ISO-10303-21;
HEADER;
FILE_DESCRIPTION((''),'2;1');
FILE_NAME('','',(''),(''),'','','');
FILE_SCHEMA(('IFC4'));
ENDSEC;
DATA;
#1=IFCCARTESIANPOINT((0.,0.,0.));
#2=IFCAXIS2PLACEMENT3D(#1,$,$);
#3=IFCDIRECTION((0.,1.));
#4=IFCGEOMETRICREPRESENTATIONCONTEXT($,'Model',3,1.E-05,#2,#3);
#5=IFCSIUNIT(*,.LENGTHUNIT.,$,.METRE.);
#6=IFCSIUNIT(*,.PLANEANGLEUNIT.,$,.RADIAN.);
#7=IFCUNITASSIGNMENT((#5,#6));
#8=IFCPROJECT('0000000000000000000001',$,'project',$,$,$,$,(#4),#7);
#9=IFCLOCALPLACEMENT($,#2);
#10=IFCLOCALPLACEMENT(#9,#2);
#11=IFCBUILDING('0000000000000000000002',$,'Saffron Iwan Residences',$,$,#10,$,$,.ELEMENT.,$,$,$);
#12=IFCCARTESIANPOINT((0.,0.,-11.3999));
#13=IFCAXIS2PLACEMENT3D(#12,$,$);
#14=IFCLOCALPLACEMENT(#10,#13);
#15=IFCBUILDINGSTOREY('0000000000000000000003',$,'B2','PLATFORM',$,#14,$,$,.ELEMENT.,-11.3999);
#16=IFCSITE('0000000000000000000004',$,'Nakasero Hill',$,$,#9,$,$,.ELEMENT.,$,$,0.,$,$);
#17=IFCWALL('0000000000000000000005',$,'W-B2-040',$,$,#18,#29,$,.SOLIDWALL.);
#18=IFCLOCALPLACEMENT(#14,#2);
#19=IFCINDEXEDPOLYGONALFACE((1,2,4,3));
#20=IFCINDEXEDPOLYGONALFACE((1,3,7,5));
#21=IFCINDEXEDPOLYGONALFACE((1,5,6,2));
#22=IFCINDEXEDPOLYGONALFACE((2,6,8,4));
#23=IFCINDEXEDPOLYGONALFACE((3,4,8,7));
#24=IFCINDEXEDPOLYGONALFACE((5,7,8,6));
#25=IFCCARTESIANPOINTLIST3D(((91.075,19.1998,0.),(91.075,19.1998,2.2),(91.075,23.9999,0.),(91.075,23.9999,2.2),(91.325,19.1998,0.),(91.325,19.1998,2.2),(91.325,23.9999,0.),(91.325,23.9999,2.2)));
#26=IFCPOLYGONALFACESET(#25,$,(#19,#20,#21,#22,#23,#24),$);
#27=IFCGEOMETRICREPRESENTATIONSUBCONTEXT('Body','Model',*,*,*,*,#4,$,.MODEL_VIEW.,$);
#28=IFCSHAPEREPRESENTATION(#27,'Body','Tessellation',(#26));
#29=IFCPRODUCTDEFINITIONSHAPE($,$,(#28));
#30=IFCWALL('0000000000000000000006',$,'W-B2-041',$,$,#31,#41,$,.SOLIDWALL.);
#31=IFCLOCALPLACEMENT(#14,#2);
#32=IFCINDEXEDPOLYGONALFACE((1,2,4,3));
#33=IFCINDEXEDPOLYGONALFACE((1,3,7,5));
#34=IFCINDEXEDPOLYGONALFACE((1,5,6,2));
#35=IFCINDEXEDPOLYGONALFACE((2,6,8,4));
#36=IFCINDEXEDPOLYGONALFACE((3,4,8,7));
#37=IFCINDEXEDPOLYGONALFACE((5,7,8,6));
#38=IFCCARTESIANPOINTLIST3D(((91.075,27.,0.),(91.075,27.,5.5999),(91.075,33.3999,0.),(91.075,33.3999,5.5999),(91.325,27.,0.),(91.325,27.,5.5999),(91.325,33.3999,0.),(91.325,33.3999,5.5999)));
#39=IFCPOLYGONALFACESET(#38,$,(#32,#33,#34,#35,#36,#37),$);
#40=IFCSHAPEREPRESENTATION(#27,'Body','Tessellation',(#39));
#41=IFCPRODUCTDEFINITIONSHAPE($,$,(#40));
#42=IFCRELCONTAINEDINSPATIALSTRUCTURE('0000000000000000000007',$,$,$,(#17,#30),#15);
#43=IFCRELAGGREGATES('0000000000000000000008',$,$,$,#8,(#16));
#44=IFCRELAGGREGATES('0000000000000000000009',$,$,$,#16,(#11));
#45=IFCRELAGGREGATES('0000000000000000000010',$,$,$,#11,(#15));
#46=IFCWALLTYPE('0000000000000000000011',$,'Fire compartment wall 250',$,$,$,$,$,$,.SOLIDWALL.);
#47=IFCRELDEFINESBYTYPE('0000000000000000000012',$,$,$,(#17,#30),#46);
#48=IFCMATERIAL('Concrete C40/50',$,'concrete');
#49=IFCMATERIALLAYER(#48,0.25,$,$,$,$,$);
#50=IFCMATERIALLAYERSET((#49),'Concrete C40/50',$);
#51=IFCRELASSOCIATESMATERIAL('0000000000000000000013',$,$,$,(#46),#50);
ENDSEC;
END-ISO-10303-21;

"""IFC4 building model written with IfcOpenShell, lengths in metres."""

from ifc_helpers import new_model, si_unit, direction, frame, frame_2d, origin, place, context, subcontext, project, spatial, rectangle, extrude, material, layer, layer_set, type_object, element, save


model = new_model("IFC4")

# Units and contexts
model_context = context("Model", 3, precision=1e-05, world=origin(), true_north=direction((0.0, 1.0)))
body_context = subcontext(model_context, "Body", "Model", "MODEL_VIEW")
ifc_project = project(units=[si_unit("LENGTHUNIT", "METRE"), si_unit("PLANEANGLEUNIT", "RADIAN")], contexts=[model_context])

# Site, building, storey
site_placement = place(None, origin())
site = spatial("IfcSite", under=ifc_project, at=site_placement, Name="Nakasero Hill", CompositionType="ELEMENT", RefElevation=0.0)
building_placement = place(site_placement, origin())
building = spatial("IfcBuilding", under=site, at=building_placement, Name="Saffron Iwan Residences", CompositionType="ELEMENT")
storey_placement = place(building_placement, frame((0.0, 0.0, -11.3999)))
storey = spatial("IfcBuildingStorey", under=building, at=storey_placement, Name="B2", Description="PLATFORM", CompositionType="ELEMENT", Elevation=-11.3999)

# Shared definitions
ifc_material_1 = material(Name="Concrete C40/50", Category="concrete")

# Shared definitions
ifc_layer_1 = layer(ifc_material_1, 0.25)
ifc_layer_set_1 = layer_set([ifc_layer_1], Name="Concrete C40/50")
wall_type_1 = type_object("IfcWallType", Name="Fire compartment wall 250", PredefinedType="SOLIDWALL", material=ifc_layer_set_1)

# Walls
wall_1_placement = place(storey_placement, frame((91.2, 19.2, 0.0), z_axis=(0.0, 0.0, 1.0), x_axis=(0.0, 1.0, 0.0)))
element("IfcWall", 1, at=wall_1_placement, inside=storey, type_object=wall_type_1, Name="W-B2-040", PredefinedType="SOLIDWALL", context=body_context, shape_type="SweptSolid", body=[
    extrude(rectangle(XDim=4.8, YDim=0.25, at=frame_2d((2.3999, 0.0))), origin(), (0.0, 0.0, 1.0), 2.2),
])
wall_2_placement = place(storey_placement, frame((91.2, 27.0, 0.0), z_axis=(0.0, 0.0, 1.0), x_axis=(0.0, 1.0, 0.0)))
element("IfcWall", 2, at=wall_2_placement, inside=storey, type_object=wall_type_1, Name="W-B2-041", PredefinedType="SOLIDWALL", context=body_context, shape_type="SweptSolid", body=[
    extrude(rectangle(XDim=6.3999, YDim=0.25, at=frame_2d((3.2, 0.0))), origin(), (0.0, 0.0, 1.0), 5.5999),
])

save(model, "model.ifc")
